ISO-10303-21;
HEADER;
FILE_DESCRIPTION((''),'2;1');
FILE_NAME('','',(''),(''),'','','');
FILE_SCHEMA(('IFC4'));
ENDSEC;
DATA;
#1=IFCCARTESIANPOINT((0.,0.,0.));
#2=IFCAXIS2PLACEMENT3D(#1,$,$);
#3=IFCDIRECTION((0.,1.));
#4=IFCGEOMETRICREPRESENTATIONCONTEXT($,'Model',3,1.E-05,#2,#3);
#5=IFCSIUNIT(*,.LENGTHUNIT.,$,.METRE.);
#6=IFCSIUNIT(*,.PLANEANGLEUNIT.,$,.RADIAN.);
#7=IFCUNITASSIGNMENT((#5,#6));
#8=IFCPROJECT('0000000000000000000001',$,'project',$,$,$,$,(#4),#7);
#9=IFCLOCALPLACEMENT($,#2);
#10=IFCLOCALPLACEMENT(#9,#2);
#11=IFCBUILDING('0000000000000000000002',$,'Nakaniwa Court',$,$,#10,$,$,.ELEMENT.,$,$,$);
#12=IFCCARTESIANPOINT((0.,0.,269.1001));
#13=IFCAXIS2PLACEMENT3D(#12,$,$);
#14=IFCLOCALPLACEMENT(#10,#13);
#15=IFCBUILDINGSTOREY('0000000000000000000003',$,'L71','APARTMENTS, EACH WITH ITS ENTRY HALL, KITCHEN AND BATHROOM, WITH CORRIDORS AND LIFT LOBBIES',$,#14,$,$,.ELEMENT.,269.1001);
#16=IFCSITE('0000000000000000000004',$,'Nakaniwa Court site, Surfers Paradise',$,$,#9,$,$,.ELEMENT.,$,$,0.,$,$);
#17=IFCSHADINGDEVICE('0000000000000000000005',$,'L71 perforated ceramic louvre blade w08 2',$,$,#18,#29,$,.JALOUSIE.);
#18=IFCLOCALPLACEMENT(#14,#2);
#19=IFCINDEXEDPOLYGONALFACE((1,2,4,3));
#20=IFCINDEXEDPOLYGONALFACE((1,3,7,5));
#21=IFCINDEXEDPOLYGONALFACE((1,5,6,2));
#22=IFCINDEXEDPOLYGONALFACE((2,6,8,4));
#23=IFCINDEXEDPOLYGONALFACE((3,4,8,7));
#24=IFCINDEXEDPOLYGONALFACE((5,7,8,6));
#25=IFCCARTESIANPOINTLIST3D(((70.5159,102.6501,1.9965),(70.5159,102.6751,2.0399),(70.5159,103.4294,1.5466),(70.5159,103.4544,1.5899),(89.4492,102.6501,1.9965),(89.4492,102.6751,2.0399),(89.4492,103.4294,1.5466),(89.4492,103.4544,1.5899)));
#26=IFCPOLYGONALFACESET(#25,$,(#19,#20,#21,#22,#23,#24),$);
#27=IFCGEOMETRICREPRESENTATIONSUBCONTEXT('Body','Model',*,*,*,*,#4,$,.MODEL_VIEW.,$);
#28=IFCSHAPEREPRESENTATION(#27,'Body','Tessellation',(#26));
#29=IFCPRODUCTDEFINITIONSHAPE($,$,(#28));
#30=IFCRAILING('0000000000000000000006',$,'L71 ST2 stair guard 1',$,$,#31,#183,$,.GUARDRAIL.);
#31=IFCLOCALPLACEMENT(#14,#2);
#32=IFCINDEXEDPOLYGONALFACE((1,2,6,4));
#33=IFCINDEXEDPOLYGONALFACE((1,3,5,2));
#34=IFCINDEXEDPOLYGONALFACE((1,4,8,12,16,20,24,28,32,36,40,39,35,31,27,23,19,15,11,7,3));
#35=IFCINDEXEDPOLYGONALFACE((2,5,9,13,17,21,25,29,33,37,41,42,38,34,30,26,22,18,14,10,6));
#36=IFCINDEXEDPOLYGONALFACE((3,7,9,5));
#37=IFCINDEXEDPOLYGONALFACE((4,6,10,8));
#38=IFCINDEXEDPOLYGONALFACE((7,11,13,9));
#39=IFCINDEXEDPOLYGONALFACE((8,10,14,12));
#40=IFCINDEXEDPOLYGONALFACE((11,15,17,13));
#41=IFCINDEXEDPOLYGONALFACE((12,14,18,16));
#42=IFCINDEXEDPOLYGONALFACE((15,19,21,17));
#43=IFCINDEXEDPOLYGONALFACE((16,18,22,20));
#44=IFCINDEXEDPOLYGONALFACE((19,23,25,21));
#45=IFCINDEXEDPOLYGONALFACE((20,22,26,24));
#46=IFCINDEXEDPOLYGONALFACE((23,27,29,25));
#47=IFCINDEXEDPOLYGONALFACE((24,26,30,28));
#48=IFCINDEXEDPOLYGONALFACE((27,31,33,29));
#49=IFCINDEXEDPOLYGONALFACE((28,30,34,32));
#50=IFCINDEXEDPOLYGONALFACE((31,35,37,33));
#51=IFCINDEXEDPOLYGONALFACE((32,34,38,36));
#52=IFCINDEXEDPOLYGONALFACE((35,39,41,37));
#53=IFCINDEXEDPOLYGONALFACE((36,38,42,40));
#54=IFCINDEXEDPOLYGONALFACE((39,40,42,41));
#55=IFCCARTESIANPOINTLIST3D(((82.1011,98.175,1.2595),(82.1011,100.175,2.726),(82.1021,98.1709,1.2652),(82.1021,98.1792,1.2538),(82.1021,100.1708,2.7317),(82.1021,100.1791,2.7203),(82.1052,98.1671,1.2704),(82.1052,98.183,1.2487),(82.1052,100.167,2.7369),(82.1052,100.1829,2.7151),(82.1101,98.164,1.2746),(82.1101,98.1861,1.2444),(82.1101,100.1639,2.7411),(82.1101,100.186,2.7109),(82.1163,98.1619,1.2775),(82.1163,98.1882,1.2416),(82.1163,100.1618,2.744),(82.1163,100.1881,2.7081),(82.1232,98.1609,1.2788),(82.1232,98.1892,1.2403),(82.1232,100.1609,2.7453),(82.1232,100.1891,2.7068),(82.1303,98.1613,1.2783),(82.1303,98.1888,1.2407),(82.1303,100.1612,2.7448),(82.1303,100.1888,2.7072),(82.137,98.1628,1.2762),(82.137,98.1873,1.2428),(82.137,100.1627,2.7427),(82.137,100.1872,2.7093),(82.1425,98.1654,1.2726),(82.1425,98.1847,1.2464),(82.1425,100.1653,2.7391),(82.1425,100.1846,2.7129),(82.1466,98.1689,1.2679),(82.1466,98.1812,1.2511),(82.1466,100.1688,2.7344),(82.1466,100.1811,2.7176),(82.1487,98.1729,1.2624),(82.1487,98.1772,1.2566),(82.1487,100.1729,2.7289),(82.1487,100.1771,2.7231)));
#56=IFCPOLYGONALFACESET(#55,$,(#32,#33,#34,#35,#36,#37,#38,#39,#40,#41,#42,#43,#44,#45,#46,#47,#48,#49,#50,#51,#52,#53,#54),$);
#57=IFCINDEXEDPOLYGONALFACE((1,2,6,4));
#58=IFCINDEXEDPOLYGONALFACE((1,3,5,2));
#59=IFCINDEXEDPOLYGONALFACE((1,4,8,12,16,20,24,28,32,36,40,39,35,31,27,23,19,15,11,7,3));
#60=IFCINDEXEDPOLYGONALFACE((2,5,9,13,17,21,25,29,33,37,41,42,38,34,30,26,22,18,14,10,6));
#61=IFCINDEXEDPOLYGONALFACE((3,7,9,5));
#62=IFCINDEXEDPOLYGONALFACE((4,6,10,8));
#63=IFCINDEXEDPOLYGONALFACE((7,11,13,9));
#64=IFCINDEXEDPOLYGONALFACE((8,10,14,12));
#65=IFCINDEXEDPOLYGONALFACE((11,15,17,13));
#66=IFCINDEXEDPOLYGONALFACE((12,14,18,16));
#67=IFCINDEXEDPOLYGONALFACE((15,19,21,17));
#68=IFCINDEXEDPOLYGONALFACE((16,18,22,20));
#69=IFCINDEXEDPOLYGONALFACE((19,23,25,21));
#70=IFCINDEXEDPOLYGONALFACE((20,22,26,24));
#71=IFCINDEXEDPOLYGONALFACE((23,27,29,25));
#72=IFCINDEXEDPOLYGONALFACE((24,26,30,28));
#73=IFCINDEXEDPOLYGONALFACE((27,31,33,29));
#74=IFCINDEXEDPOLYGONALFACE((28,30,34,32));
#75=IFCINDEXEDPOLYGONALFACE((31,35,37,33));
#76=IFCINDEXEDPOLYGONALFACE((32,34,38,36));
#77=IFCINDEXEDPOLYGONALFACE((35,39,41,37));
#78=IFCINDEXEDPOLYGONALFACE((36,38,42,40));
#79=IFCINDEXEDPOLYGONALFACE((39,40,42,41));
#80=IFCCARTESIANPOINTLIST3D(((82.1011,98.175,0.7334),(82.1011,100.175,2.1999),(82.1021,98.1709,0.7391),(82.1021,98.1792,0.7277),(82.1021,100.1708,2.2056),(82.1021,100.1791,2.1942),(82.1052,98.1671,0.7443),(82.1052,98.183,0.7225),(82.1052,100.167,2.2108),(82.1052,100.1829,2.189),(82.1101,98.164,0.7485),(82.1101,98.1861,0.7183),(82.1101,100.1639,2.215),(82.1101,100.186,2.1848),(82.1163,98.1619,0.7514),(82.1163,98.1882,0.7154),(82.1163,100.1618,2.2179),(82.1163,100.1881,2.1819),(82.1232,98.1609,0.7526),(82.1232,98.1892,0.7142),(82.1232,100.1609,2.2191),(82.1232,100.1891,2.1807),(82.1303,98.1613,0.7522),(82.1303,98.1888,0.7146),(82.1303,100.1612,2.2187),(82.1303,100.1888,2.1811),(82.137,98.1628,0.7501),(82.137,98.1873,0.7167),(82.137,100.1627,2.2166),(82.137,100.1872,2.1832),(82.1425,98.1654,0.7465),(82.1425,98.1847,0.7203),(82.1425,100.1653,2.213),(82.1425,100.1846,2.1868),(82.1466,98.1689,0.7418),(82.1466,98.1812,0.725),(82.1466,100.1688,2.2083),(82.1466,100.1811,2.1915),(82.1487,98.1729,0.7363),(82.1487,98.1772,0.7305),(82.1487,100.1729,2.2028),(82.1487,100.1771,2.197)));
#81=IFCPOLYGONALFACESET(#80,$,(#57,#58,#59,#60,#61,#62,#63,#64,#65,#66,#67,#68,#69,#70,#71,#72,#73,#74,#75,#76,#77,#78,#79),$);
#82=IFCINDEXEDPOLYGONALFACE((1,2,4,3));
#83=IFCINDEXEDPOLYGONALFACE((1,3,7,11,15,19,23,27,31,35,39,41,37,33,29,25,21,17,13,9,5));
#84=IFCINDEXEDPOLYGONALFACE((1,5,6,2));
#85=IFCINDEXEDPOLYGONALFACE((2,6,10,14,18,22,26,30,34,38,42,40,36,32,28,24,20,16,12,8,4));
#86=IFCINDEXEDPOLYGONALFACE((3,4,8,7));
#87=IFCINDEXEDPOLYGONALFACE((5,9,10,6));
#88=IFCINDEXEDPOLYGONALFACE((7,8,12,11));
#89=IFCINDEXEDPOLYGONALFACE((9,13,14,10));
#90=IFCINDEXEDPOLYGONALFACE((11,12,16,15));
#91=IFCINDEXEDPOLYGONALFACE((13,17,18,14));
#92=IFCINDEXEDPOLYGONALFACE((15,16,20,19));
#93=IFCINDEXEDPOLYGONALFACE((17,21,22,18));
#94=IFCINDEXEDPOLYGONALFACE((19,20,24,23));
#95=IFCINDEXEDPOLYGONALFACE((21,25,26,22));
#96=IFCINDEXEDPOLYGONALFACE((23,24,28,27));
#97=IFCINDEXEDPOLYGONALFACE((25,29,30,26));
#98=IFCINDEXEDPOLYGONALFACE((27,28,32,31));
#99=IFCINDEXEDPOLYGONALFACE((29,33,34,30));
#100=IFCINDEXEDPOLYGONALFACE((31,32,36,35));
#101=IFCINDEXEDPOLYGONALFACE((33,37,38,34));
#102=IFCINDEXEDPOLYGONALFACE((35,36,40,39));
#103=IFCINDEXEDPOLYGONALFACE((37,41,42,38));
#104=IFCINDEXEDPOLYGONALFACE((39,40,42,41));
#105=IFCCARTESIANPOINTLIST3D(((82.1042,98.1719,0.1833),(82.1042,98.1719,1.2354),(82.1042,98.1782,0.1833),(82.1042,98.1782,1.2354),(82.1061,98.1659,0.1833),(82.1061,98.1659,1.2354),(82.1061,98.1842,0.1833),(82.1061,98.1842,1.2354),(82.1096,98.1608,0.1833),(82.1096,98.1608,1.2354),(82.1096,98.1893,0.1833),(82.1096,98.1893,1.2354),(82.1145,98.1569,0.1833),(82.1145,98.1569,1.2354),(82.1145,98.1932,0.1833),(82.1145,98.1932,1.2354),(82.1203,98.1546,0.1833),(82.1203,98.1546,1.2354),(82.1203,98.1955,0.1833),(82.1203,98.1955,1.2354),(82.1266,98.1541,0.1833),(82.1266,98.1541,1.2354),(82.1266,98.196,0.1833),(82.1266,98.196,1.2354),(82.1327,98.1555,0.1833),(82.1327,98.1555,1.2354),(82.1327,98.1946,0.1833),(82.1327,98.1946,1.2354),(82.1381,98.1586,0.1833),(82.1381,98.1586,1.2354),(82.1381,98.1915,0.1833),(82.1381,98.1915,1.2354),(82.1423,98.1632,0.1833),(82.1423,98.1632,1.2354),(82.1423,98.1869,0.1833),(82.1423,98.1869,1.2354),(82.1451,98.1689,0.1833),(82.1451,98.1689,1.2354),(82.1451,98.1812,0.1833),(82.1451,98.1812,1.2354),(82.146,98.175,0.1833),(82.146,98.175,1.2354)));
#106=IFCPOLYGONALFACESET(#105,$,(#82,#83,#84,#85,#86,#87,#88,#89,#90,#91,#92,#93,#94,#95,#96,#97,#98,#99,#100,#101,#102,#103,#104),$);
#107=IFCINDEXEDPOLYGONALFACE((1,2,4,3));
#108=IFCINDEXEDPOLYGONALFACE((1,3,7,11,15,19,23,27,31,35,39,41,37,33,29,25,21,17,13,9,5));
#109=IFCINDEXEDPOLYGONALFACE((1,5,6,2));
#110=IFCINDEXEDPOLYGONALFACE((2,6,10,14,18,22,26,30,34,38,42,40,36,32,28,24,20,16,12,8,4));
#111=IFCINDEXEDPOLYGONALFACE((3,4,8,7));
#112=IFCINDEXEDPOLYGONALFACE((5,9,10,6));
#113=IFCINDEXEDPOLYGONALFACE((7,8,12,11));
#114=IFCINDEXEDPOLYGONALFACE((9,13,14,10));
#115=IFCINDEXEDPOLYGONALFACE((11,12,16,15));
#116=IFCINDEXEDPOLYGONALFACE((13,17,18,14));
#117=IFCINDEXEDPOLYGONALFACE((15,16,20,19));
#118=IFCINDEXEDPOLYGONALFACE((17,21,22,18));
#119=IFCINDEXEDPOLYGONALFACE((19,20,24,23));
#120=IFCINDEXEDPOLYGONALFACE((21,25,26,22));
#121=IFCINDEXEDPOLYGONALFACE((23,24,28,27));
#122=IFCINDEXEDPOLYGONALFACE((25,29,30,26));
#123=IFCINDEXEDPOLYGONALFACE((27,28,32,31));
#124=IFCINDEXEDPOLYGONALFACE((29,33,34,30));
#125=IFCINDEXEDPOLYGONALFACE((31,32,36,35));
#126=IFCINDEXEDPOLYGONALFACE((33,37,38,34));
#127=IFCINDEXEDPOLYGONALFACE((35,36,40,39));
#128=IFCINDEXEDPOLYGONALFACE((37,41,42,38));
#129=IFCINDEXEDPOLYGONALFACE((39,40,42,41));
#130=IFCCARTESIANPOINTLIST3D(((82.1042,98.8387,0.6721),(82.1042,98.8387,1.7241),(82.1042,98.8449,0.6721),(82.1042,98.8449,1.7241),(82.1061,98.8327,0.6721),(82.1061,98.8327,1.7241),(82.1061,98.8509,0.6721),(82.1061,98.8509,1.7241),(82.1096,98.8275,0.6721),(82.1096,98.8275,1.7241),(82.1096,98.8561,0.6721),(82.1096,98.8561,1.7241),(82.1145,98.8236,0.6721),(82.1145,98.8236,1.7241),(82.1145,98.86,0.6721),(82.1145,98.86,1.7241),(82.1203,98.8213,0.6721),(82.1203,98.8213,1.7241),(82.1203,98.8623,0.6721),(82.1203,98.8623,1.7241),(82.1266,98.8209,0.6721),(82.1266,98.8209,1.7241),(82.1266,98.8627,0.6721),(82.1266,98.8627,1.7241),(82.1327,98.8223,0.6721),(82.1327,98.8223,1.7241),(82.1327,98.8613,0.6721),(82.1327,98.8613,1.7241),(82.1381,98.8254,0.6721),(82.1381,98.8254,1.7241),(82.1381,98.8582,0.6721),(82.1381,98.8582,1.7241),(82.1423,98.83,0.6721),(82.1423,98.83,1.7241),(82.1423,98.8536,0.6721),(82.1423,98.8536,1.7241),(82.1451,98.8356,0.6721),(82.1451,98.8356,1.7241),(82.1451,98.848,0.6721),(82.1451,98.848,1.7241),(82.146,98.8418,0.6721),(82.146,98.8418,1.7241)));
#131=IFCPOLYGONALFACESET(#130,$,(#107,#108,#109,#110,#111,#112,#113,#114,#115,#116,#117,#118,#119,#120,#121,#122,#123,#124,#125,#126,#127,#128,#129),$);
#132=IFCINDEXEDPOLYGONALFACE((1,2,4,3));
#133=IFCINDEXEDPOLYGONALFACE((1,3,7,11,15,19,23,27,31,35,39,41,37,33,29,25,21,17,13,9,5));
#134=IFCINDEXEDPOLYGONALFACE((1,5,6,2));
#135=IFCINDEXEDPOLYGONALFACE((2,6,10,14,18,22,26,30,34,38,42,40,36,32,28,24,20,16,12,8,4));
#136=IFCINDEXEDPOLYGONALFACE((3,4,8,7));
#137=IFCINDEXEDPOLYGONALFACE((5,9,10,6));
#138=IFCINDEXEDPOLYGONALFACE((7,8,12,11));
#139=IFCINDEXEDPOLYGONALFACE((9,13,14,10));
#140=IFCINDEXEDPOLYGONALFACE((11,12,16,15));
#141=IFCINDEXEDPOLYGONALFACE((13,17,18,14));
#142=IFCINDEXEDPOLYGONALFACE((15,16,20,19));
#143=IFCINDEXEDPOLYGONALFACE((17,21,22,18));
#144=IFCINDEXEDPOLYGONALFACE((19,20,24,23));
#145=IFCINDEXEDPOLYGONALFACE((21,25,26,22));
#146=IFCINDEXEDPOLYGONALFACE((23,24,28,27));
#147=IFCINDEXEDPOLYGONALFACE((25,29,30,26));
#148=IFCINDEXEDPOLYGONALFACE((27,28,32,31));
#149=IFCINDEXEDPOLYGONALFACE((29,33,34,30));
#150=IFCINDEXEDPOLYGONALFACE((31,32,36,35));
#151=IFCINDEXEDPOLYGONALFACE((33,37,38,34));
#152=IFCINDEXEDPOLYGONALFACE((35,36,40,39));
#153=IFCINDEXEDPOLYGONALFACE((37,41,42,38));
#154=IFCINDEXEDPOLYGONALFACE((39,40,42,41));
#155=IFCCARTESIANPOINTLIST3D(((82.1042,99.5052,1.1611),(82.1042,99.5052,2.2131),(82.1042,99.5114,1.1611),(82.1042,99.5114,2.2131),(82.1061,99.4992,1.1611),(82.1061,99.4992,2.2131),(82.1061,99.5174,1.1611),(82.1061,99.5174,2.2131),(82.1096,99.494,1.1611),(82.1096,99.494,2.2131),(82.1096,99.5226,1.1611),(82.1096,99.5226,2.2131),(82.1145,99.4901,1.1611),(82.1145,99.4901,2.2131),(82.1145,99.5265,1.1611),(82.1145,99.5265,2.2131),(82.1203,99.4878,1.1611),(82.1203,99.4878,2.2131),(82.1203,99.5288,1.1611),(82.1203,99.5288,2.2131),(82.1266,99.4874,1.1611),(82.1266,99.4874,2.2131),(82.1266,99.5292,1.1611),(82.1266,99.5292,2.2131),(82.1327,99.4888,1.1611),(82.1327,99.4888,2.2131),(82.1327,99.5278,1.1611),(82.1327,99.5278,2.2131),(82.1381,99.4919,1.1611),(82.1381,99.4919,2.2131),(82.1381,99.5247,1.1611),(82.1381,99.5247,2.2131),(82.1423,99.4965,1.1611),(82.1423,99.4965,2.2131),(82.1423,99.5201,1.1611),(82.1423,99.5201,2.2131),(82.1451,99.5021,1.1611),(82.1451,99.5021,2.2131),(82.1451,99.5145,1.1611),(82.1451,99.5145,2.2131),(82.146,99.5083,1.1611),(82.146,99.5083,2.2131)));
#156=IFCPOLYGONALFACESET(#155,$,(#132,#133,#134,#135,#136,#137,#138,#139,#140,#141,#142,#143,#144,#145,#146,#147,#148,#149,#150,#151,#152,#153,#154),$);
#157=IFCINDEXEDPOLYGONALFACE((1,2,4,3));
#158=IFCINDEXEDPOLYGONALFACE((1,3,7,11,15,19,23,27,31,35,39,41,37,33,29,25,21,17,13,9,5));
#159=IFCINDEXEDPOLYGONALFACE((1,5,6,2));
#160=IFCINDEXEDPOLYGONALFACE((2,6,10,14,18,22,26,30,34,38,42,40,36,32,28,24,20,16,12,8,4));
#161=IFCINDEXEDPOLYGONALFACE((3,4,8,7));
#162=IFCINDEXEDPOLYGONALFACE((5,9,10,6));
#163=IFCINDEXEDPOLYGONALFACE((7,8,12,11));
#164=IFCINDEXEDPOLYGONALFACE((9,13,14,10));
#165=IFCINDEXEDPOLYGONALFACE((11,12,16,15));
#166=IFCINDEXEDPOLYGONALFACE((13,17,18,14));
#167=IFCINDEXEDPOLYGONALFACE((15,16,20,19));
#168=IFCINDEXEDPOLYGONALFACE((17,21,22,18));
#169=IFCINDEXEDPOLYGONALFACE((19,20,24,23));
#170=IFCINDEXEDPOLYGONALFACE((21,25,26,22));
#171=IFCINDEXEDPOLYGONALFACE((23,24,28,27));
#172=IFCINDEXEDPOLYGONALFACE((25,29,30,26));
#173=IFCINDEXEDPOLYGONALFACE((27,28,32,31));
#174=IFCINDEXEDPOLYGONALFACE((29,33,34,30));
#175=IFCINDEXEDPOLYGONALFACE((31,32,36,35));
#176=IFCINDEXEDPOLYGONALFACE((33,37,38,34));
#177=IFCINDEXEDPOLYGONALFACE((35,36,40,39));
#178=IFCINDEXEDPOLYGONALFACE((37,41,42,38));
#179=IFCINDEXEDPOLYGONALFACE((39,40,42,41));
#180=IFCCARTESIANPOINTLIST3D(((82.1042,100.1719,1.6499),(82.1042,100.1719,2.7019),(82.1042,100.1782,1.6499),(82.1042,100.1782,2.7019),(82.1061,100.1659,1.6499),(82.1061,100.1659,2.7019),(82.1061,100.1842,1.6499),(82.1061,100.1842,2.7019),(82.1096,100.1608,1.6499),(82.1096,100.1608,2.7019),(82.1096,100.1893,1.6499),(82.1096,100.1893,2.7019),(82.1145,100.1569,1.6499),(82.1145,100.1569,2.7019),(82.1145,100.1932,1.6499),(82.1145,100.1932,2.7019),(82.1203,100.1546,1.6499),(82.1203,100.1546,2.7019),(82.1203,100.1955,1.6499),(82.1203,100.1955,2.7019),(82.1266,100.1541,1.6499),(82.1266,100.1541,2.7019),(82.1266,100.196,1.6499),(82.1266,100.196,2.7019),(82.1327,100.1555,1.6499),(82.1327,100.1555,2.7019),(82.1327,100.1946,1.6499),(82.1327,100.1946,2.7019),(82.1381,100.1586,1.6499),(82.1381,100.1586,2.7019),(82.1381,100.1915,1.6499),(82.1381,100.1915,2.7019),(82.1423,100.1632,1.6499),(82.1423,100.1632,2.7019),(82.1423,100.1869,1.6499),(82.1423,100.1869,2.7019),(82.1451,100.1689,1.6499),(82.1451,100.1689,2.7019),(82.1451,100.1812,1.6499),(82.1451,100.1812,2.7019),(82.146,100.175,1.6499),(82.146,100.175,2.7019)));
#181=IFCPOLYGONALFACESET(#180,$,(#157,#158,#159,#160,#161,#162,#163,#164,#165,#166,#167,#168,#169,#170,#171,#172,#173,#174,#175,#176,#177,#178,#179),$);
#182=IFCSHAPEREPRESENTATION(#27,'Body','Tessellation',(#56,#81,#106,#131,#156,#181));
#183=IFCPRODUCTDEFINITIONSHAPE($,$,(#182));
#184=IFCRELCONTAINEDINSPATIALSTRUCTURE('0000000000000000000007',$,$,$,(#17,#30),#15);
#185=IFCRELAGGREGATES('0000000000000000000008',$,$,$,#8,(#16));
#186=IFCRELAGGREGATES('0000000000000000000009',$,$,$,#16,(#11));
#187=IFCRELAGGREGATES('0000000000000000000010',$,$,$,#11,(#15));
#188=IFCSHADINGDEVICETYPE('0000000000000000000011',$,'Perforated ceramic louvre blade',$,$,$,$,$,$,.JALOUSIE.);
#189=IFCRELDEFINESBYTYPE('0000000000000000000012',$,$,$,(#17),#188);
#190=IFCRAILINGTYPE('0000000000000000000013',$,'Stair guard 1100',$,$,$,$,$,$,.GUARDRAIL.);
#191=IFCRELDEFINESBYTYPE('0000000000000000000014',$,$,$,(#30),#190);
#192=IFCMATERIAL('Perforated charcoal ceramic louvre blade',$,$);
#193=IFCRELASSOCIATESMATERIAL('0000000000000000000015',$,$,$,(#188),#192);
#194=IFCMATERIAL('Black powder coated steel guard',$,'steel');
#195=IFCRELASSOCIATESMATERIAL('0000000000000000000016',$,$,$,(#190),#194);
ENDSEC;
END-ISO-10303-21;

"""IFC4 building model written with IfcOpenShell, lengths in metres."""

from ifc_helpers import new_model, si_unit, direction, frame, origin, origin_2d, place, context, subcontext, project, spatial, rectangle, circle, extrude, material, material_profile, profile_set, type_object, element, save


model = new_model("IFC4")

# Units and contexts
model_context = context("Model", 3, precision=1e-05, world=origin(), true_north=direction((0.0, 1.0)))
body_context = subcontext(model_context, "Body", "Model", "MODEL_VIEW")
ifc_project = project(units=[si_unit("LENGTHUNIT", "METRE"), si_unit("PLANEANGLEUNIT", "RADIAN")], contexts=[model_context])

# Site, building, storey
site_placement = place(None, origin())
site = spatial("IfcSite", under=ifc_project, at=site_placement, Name="Nakaniwa Court site, Surfers Paradise", CompositionType="ELEMENT", RefElevation=0.0)
building_placement = place(site_placement, origin())
building = spatial("IfcBuilding", under=site, at=building_placement, Name="Nakaniwa Court", CompositionType="ELEMENT")
storey_placement = place(building_placement, frame((0.0, 0.0, 269.1001)))
storey = spatial("IfcBuildingStorey", under=building, at=storey_placement, Name="L71", Description="APARTMENTS, EACH WITH ITS ENTRY HALL, KITCHEN AND BATHROOM, WITH CORRIDORS AND LIFT LOBBIES", CompositionType="ELEMENT", Elevation=269.1001)

# Shading device
ifc_material_1 = material(Name="Perforated charcoal ceramic louvre blade")
ifc_material_profile = material_profile(ifc_material_1, rectangle(XDim=0.8999, YDim=0.05, at=origin_2d()), Name="Perforated ceramic louvre blade")
ifc_profile_set = profile_set([ifc_material_profile], Name="Perforated charcoal ceramic louvre blade")
shading_device_type = type_object("IfcShadingDeviceType", Name="Perforated ceramic louvre blade", PredefinedType="JALOUSIE", material=ifc_profile_set)
for number, where, z_axis, x_axis, name in (
    (1, (89.4492, 103.0522, 1.7932), (-1.0, 0.0, 0.0), (0.0, -0.866025, 0.5), "L71 perforated ceramic louvre blade w08 2"),
):
    element("IfcShadingDevice", number, at=place(storey_placement, frame(where, z_axis=z_axis, x_axis=x_axis)), inside=storey, type_object=shading_device_type, Name=name, PredefinedType="JALOUSIE", context=body_context, shape_type="SweptSolid", body=[
        extrude(rectangle(XDim=0.8999, YDim=0.05, at=origin_2d()), origin(), (0.0, 0.0, 1.0), 18.9333),
    ])

# Railing
ifc_material_2 = material(Name="Black powder coated steel guard", Category="steel")
railing_type_1 = type_object("IfcRailingType", Name="Stair guard 1100", PredefinedType="GUARDRAIL", material=ifc_material_2)
railing_1_placement = place(storey_placement, frame((82.125, 98.175, 0.1833)))
element("IfcRailing", 2, at=railing_1_placement, inside=storey, type_object=railing_type_1, Name="L71 ST2 stair guard 1", PredefinedType="GUARDRAIL", context=body_context, shape_type="SweptSolid", body=[
    extrude(circle(Radius=0.0239, at=origin_2d()), frame((0.0, 0.0, 1.0762), z_axis=(0.0, 0.806427, 0.591334), x_axis=(-1.0, 0.0, 0.0)), (0.0, 0.0, 1.0), 2.48),
    extrude(circle(Radius=0.0239, at=origin_2d()), frame((0.0, 0.0, 0.55), z_axis=(0.0, 0.806427, 0.591334), x_axis=(-1.0, 0.0, 0.0)), (0.0, 0.0, 1.0), 2.48),
    extrude(circle(Radius=0.021, at=origin_2d()), origin(), (0.0, 0.0, 1.0), 1.052),
    extrude(circle(Radius=0.021, at=origin_2d()), frame((0.0, 0.6667, 0.4888)), (0.0, 0.0, 1.0), 1.052),
    extrude(circle(Radius=0.021, at=origin_2d()), frame((0.0, 1.3333, 0.9778)), (0.0, 0.0, 1.0), 1.052),
    extrude(circle(Radius=0.021, at=origin_2d()), frame((0.0, 2.0, 1.4666)), (0.0, 0.0, 1.0), 1.052),
])

save(model, "model.ifc")
